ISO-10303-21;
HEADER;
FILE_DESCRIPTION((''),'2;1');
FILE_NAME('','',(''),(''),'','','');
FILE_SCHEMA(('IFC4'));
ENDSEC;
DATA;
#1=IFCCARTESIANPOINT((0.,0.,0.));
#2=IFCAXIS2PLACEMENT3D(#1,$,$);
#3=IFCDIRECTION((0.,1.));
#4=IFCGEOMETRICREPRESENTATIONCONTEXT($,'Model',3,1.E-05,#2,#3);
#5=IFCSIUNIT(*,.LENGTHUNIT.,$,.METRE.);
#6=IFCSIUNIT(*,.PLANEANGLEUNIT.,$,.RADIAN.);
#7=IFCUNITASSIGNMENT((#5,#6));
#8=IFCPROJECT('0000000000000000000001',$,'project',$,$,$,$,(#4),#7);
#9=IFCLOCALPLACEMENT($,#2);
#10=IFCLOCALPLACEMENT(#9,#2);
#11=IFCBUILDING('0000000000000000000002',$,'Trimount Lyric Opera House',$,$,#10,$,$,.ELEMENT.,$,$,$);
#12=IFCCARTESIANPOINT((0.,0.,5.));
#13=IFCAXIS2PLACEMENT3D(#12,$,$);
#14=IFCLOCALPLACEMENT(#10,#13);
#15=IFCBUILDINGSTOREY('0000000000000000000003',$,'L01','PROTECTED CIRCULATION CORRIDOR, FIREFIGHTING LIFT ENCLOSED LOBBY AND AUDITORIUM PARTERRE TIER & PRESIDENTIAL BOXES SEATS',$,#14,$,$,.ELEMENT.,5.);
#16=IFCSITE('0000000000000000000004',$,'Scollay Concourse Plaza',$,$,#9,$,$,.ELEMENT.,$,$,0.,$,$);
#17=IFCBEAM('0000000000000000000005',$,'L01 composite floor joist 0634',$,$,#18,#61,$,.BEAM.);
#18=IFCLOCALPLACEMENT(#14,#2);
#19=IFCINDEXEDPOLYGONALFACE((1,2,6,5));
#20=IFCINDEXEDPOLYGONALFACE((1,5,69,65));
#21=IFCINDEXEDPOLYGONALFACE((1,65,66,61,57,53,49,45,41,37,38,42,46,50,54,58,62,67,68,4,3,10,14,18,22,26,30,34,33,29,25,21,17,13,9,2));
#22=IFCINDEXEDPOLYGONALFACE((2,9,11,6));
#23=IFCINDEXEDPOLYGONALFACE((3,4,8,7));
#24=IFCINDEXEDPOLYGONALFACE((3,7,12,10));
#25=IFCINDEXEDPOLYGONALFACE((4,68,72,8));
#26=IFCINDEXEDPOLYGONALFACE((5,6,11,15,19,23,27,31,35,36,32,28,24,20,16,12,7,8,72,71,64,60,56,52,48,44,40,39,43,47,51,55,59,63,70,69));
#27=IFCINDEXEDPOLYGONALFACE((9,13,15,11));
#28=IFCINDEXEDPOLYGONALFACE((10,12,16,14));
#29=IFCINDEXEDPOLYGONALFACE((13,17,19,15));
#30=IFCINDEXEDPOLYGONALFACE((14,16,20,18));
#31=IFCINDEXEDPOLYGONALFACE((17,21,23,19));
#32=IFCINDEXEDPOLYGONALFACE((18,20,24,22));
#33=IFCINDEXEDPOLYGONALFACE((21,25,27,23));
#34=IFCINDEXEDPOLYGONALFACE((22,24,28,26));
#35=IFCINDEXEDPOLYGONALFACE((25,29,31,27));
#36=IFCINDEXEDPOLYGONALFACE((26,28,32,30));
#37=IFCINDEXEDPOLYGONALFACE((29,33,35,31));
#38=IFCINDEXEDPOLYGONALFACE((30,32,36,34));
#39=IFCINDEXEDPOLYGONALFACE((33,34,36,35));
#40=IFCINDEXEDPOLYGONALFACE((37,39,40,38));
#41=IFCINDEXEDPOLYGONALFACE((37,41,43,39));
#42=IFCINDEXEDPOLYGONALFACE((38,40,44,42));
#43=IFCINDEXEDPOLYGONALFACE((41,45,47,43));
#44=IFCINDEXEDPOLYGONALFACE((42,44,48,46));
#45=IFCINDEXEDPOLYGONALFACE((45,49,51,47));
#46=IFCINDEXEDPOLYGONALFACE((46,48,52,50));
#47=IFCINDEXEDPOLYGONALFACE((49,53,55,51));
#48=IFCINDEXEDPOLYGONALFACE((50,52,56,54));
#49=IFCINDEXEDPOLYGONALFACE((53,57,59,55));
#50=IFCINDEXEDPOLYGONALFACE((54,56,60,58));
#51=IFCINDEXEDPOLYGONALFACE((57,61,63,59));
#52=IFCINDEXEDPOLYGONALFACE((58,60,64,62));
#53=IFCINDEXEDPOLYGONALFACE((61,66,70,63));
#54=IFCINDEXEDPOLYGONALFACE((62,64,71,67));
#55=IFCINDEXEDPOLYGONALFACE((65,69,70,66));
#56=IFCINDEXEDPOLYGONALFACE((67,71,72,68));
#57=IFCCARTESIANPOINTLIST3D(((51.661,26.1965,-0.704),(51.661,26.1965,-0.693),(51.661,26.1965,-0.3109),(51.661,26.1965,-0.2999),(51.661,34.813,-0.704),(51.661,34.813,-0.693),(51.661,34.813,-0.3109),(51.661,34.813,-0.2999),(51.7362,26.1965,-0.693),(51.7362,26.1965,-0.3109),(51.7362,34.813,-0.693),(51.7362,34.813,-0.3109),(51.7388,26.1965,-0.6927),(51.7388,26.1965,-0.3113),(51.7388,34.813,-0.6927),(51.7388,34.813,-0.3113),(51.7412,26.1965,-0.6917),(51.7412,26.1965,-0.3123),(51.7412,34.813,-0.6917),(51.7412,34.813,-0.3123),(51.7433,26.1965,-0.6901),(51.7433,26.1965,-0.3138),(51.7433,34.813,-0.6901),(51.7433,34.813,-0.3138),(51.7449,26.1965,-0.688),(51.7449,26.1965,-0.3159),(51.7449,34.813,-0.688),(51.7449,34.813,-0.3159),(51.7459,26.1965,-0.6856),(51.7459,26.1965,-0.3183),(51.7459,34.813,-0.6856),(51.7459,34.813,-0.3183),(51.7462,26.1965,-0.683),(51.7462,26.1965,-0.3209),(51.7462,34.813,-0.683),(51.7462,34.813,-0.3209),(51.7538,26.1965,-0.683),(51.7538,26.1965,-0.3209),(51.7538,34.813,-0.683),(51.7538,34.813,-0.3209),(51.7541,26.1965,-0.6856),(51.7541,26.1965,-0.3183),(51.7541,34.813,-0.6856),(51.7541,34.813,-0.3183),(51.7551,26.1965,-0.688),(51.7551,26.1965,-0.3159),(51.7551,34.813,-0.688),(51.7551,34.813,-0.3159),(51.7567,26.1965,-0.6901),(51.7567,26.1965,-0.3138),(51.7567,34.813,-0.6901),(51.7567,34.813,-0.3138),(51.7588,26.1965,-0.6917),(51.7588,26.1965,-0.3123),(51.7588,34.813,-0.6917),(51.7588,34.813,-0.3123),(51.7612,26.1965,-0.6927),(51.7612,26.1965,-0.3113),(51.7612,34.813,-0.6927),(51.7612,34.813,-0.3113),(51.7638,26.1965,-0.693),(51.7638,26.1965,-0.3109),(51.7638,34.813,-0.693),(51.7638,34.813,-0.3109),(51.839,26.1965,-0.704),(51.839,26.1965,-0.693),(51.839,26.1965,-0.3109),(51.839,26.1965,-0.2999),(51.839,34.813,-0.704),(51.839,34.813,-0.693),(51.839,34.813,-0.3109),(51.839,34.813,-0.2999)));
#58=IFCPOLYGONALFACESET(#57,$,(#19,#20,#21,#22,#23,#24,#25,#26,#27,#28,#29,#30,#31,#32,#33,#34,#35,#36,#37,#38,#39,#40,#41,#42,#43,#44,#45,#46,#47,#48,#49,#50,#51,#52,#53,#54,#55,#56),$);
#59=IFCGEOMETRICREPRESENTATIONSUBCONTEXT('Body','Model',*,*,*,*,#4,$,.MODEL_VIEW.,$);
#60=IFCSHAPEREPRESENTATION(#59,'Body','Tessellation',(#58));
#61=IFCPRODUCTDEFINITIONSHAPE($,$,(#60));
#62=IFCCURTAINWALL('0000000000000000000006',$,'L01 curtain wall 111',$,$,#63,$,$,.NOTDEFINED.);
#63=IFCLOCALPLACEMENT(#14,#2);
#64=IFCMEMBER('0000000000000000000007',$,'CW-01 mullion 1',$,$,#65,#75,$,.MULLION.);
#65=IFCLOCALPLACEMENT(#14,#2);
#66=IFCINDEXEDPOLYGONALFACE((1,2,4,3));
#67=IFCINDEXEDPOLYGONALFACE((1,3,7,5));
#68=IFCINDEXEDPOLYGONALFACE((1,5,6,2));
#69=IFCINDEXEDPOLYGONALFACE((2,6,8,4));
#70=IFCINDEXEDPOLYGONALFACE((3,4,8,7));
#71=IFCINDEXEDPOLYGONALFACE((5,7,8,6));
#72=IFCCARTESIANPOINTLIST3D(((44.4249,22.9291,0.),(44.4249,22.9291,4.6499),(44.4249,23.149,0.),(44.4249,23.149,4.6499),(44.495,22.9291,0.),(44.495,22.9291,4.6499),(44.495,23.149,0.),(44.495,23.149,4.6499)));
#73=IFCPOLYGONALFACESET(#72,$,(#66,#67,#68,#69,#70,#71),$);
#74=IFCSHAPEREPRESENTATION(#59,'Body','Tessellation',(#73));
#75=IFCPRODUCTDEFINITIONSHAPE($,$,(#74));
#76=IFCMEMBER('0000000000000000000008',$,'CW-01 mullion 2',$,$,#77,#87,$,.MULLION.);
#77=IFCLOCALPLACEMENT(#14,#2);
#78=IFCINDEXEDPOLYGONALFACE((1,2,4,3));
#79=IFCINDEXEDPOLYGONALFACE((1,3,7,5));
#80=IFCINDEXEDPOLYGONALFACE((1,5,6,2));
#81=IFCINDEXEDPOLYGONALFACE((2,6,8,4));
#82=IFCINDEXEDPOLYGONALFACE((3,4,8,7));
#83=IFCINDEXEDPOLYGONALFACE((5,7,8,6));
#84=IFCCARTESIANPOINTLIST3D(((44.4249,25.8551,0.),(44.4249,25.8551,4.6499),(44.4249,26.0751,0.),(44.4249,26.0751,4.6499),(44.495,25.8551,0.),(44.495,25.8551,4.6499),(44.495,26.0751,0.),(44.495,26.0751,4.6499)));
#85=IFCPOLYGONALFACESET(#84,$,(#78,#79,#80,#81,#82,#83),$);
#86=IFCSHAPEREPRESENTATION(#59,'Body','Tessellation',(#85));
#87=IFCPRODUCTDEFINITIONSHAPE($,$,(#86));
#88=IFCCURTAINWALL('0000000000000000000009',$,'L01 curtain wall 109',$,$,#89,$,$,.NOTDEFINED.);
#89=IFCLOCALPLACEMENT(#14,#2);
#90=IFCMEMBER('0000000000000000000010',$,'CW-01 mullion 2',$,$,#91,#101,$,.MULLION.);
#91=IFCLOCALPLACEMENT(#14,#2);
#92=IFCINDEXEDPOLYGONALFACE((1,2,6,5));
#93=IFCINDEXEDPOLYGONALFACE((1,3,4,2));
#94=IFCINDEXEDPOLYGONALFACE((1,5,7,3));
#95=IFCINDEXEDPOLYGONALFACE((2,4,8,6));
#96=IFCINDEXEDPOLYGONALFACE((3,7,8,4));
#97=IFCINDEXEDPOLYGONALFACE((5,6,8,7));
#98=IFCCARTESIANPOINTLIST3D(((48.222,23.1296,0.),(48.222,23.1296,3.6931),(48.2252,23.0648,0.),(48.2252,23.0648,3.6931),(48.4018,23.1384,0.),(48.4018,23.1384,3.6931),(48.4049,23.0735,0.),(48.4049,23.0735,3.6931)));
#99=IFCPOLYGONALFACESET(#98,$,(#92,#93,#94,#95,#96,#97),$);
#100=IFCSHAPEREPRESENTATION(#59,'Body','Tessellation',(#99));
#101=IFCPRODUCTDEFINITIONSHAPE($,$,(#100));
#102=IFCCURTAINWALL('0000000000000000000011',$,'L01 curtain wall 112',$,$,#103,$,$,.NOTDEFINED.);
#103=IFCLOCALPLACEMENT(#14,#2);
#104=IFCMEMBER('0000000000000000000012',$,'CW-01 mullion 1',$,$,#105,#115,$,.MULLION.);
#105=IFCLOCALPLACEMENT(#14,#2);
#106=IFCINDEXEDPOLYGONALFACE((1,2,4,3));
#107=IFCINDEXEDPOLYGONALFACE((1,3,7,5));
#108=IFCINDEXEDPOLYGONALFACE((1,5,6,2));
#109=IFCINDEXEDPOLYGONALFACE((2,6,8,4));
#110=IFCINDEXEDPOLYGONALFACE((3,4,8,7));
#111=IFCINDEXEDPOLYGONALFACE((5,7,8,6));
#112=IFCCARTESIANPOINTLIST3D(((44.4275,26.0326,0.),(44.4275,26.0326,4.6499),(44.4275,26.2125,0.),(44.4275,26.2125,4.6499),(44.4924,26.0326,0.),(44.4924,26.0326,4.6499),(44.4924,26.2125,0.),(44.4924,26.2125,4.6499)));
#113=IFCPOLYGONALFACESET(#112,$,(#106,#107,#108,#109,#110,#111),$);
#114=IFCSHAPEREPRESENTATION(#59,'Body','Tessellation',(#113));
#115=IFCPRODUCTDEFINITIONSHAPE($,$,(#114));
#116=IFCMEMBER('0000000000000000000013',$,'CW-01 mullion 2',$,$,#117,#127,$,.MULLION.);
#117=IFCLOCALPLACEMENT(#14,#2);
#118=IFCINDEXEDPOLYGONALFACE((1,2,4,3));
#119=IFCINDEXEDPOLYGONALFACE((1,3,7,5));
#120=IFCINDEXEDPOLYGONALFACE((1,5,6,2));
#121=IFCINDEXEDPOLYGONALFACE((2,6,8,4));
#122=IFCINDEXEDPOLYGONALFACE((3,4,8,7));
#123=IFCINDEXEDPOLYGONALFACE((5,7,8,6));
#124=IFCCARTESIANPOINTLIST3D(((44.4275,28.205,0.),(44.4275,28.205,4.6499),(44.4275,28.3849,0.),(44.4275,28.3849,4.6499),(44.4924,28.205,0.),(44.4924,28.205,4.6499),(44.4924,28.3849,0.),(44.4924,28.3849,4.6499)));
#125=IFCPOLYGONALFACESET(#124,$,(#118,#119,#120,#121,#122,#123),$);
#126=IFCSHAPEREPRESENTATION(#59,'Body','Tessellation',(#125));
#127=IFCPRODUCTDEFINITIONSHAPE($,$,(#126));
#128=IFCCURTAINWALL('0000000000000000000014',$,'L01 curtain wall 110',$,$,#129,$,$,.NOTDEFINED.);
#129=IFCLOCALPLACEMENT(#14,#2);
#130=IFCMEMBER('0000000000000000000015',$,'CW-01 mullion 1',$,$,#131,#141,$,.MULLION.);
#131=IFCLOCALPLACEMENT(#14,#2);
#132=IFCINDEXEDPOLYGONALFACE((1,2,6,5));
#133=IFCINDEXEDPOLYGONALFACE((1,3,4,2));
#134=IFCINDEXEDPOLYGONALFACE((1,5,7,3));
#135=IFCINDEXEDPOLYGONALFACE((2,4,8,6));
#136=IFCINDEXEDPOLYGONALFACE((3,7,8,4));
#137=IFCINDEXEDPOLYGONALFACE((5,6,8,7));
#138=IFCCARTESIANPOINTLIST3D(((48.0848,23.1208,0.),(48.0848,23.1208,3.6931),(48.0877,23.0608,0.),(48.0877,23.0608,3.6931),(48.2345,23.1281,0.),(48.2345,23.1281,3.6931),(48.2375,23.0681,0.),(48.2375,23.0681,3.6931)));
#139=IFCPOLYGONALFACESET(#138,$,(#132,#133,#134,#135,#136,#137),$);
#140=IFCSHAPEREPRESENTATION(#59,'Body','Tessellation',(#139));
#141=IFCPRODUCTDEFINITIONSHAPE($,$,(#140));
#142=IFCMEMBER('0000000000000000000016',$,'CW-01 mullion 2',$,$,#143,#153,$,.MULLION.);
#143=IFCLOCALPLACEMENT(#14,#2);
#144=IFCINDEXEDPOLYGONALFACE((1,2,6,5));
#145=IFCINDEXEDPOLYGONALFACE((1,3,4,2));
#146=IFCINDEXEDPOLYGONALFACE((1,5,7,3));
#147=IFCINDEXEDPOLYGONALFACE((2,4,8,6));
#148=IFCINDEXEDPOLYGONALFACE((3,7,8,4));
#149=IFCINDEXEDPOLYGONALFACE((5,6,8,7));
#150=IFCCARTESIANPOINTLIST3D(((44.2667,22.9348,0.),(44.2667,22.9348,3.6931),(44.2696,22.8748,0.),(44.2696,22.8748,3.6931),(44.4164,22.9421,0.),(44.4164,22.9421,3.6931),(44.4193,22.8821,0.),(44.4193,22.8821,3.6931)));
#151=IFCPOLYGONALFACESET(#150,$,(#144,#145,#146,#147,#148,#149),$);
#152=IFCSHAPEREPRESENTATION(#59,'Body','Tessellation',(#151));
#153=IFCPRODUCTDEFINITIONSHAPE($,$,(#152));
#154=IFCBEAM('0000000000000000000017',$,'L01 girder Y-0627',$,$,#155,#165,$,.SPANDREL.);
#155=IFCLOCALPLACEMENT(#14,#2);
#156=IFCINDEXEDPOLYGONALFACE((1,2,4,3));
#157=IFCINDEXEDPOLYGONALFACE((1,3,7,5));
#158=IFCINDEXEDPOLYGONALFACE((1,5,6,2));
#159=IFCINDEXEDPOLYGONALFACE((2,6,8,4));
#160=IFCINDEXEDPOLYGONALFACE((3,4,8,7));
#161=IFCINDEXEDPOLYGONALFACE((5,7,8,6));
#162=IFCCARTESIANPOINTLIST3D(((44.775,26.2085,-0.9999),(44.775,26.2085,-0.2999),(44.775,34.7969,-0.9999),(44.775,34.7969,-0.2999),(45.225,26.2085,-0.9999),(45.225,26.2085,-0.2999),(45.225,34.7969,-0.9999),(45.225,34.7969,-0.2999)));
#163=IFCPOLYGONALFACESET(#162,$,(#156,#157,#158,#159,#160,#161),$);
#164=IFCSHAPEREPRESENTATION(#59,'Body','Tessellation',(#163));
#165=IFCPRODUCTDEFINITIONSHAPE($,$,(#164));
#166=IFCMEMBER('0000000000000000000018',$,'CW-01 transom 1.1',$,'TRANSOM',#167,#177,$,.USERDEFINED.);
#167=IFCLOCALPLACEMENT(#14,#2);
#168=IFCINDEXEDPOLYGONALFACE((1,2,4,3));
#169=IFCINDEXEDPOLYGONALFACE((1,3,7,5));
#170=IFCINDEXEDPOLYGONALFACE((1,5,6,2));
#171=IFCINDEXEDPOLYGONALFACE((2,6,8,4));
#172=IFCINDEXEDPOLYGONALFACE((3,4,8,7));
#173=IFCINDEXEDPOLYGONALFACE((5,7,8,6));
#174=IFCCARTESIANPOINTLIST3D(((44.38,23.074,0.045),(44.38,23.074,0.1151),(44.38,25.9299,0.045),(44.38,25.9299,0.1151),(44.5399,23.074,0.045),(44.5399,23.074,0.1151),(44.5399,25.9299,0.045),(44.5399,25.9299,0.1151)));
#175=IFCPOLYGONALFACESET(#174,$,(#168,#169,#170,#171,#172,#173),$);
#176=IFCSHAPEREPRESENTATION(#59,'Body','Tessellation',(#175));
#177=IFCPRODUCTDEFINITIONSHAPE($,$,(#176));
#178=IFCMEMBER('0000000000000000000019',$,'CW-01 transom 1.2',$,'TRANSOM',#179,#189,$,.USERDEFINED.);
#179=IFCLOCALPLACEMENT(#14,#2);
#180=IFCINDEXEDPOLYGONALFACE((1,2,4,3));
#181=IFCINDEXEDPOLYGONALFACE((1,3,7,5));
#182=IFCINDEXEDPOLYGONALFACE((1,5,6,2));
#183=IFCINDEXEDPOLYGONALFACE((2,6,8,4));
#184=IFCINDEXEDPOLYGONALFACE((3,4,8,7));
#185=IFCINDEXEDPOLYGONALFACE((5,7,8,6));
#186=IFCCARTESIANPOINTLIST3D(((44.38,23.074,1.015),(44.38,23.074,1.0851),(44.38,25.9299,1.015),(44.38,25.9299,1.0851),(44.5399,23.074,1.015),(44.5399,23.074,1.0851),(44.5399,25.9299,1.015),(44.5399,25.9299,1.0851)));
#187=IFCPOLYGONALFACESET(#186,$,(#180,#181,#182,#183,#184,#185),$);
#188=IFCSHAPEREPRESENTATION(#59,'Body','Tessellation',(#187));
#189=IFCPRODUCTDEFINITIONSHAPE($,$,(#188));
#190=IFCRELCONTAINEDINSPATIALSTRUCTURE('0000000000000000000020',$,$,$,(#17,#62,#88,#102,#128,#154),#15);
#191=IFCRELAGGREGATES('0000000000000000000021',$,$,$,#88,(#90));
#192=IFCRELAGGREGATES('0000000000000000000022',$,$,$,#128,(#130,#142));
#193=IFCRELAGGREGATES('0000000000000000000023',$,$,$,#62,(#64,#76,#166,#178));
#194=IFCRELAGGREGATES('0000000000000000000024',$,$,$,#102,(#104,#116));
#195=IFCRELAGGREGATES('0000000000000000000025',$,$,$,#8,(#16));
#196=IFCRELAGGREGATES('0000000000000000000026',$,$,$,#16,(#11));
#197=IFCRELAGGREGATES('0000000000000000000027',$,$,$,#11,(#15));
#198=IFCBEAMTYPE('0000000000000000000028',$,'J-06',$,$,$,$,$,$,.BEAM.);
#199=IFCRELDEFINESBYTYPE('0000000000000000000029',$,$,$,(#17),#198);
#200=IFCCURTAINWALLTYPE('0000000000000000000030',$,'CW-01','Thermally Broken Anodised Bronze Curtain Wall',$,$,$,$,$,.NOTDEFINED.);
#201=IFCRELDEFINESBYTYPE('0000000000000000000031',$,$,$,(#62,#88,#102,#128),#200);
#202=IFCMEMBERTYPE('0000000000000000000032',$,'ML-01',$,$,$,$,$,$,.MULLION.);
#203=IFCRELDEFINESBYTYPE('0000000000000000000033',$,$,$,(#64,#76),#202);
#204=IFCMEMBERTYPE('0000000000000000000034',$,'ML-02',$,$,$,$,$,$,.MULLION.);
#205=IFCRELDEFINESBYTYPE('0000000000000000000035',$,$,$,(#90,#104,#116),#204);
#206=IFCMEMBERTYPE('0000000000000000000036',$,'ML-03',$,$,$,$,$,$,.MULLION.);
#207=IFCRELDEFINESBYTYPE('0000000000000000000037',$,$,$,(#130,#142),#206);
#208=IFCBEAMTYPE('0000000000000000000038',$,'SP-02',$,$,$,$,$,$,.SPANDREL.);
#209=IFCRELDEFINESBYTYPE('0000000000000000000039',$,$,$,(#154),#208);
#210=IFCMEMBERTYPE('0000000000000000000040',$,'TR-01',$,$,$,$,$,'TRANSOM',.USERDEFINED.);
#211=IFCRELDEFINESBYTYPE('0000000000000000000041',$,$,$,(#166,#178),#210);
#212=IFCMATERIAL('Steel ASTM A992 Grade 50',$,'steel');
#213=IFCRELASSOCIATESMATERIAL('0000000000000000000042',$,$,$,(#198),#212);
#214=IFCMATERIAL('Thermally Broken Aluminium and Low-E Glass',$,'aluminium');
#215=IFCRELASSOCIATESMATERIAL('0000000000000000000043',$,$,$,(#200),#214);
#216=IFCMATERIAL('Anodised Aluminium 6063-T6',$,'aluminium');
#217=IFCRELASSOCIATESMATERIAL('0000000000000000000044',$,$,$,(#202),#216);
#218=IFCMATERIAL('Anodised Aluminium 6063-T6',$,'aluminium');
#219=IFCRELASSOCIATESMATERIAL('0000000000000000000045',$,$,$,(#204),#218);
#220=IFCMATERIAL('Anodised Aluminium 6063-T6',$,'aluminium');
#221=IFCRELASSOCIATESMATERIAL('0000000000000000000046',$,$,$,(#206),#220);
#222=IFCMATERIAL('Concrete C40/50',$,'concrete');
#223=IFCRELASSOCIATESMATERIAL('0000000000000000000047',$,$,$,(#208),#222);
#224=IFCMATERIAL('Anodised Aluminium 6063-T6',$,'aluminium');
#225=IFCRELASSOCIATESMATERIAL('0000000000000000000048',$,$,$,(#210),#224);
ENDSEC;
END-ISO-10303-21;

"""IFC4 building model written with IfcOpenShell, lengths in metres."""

from ifc_helpers import new_model, si_unit, direction, frame, origin, origin_2d, place, context, subcontext, project, spatial, rectangle, i_section, extrude, material, material_profile, profile_set, type_object, element, aggregate, save


model = new_model("IFC4")

# Units and contexts
model_context = context("Model", 3, precision=1e-05, world=origin(), true_north=direction((0.0, 1.0)))
body_context = subcontext(model_context, "Body", "Model", "MODEL_VIEW")
ifc_project = project(units=[si_unit("LENGTHUNIT", "METRE"), si_unit("PLANEANGLEUNIT", "RADIAN")], contexts=[model_context])

# Site, building, storey
site_placement = place(None, origin())
site = spatial("IfcSite", under=ifc_project, at=site_placement, Name="Scollay Concourse Plaza", CompositionType="ELEMENT", RefElevation=0.0)
building_placement = place(site_placement, origin())
building = spatial("IfcBuilding", under=site, at=building_placement, Name="Trimount Lyric Opera House", CompositionType="ELEMENT")
storey_placement = place(building_placement, frame((0.0, 0.0, 5.0)))
storey = spatial("IfcBuildingStorey", under=building, at=storey_placement, Name="L01", Description="PROTECTED CIRCULATION CORRIDOR, FIREFIGHTING LIFT ENCLOSED LOBBY AND AUDITORIUM PARTERRE TIER & PRESIDENTIAL BOXES SEATS", CompositionType="ELEMENT", Elevation=5.0)

# Beam
ifc_material_1 = material(Name="Steel ASTM A992 Grade 50", Category="steel")
ifc_material_profile_1 = material_profile(ifc_material_1, i_section(OverallWidth=0.178, OverallDepth=0.4041, WebThickness=0.0076, FlangeThickness=0.011, FilletRadius=0.01, at=origin_2d()), Name="W16X36")
ifc_profile_set_1 = profile_set([ifc_material_profile_1], Name="Steel ASTM A992 Grade 50")
beam_type_1 = type_object("IfcBeamType", Name="J-06", PredefinedType="BEAM", material=ifc_profile_set_1)
beam_1_placement = place(storey_placement, frame((51.75, 26.1965, -0.502), z_axis=(0.0, 1.0, 0.0), x_axis=(-1.0, 0.0, 0.0)))
element("IfcBeam", 1, at=beam_1_placement, inside=storey, type_object=beam_type_1, Name="L01 composite floor joist 0634", PredefinedType="BEAM", context=body_context, shape_type="SweptSolid", body=[
    extrude(i_section(OverallWidth=0.178, OverallDepth=0.4041, WebThickness=0.0076, FlangeThickness=0.011, FilletRadius=0.01, at=origin_2d()), origin(), (0.0, 0.0, 1.0), 8.6165),
])

# Curtain wall, members
ifc_material_2 = material(Name="Thermally Broken Aluminium and Low-E Glass", Category="aluminium")
curtain_wall_type = type_object("IfcCurtainWallType", Name="CW-01", Description="Thermally Broken Anodised Bronze Curtain Wall", PredefinedType="NOTDEFINED", material=ifc_material_2)
curtain_wall_1_placement = place(storey_placement, origin())
curtain_wall_1 = element("IfcCurtainWall", 2, at=curtain_wall_1_placement, inside=storey, type_object=curtain_wall_type, Name="L01 curtain wall 111", PredefinedType="NOTDEFINED")
ifc_material_3 = material(Name="Anodised Aluminium 6063-T6", Category="aluminium")
ifc_material_profile_2 = material_profile(ifc_material_3, rectangle(XDim=0.0701, YDim=0.22, at=origin_2d()), Name="ALU-MULL-70X220")
ifc_profile_set_2 = profile_set([ifc_material_profile_2], Name="Anodised Aluminium 6063-T6")
member_type_1 = type_object("IfcMemberType", Name="ML-01", PredefinedType="MULLION", material=ifc_profile_set_2)
member_1_placement = place(storey_placement, frame((44.46, 23.0391, 0.0), z_axis=(0.0, 0.0, 1.0), x_axis=(-1.0, 0.0, 0.0)))
member_1 = element("IfcMember", 3, at=member_1_placement, type_object=member_type_1, Name="CW-01 mullion 1", PredefinedType="MULLION", context=body_context, shape_type="SweptSolid", body=[
    extrude(rectangle(XDim=0.0701, YDim=0.22, at=origin_2d()), origin(), (0.0, 0.0, 1.0), 4.6499),
])
member_2_placement = place(storey_placement, frame((44.46, 25.9651, 0.0), z_axis=(0.0, 0.0, 1.0), x_axis=(-1.0, 0.0, 0.0)))
member_2 = element("IfcMember", 4, at=member_2_placement, type_object=member_type_1, Name="CW-01 mullion 2", PredefinedType="MULLION", context=body_context, shape_type="SweptSolid", body=[
    extrude(rectangle(XDim=0.0701, YDim=0.22, at=origin_2d()), origin(), (0.0, 0.0, 1.0), 4.6499),
])

# Curtain wall, member
curtain_wall_2_placement = place(storey_placement, origin())
curtain_wall_2 = element("IfcCurtainWall", 5, at=curtain_wall_2_placement, inside=storey, type_object=curtain_wall_type, Name="L01 curtain wall 109", PredefinedType="NOTDEFINED")
ifc_material_4 = material(Name="Anodised Aluminium 6063-T6", Category="aluminium")
ifc_material_profile_3 = material_profile(ifc_material_4, rectangle(XDim=0.0649, YDim=0.1799, at=origin_2d()), Name="ALU-MULL-65X180")
ifc_profile_set_3 = profile_set([ifc_material_profile_3], Name="Anodised Aluminium 6063-T6")
member_type_2 = type_object("IfcMemberType", Name="ML-02", PredefinedType="MULLION", material=ifc_profile_set_3)
member_3_placement = place(storey_placement, frame((48.3135, 23.1016, 0.0), z_axis=(0.0, 0.0, 1.0), x_axis=(0.048679, -0.998814, 0.0)))
member_3 = element("IfcMember", 6, at=member_3_placement, type_object=member_type_2, Name="CW-01 mullion 2", PredefinedType="MULLION", context=body_context, shape_type="SweptSolid", body=[
    extrude(rectangle(XDim=0.0649, YDim=0.1799, at=origin_2d()), origin(), (0.0, 0.0, 1.0), 3.6931),
])

# Curtain walls, members
curtain_wall_3_placement = place(storey_placement, origin())
curtain_wall_3 = element("IfcCurtainWall", 7, at=curtain_wall_3_placement, inside=storey, type_object=curtain_wall_type, Name="L01 curtain wall 112", PredefinedType="NOTDEFINED")
member_4_placement = place(storey_placement, frame((44.46, 26.1226, 0.0), z_axis=(0.0, 0.0, 1.0), x_axis=(-1.0, 0.0, 0.0)))
member_4 = element("IfcMember", 8, at=member_4_placement, type_object=member_type_2, Name="CW-01 mullion 1", PredefinedType="MULLION", context=body_context, shape_type="SweptSolid", body=[
    extrude(rectangle(XDim=0.0649, YDim=0.1799, at=origin_2d()), origin(), (0.0, 0.0, 1.0), 4.6499),
])
member_5_placement = place(storey_placement, frame((44.46, 28.2949, 0.0), z_axis=(0.0, 0.0, 1.0), x_axis=(-1.0, 0.0, 0.0)))
member_5 = element("IfcMember", 9, at=member_5_placement, type_object=member_type_2, Name="CW-01 mullion 2", PredefinedType="MULLION", context=body_context, shape_type="SweptSolid", body=[
    extrude(rectangle(XDim=0.0649, YDim=0.1799, at=origin_2d()), origin(), (0.0, 0.0, 1.0), 4.6499),
])
curtain_wall_4_placement = place(storey_placement, origin())
curtain_wall_4 = element("IfcCurtainWall", 10, at=curtain_wall_4_placement, inside=storey, type_object=curtain_wall_type, Name="L01 curtain wall 110", PredefinedType="NOTDEFINED")
ifc_material_5 = material(Name="Anodised Aluminium 6063-T6", Category="aluminium")
ifc_material_profile_4 = material_profile(ifc_material_5, rectangle(XDim=0.0601, YDim=0.1499, at=origin_2d()), Name="ALU-MULL-60X150")
ifc_profile_set_4 = profile_set([ifc_material_profile_4], Name="Anodised Aluminium 6063-T6")
member_type_3 = type_object("IfcMemberType", Name="ML-03", PredefinedType="MULLION", material=ifc_profile_set_4)
member_6_placement = place(storey_placement, frame((48.1611, 23.0945, 0.0), z_axis=(0.0, 0.0, 1.0), x_axis=(0.048679, -0.998814, 0.0)))
member_6 = element("IfcMember", 11, at=member_6_placement, type_object=member_type_3, Name="CW-01 mullion 1", PredefinedType="MULLION", context=body_context, shape_type="SweptSolid", body=[
    extrude(rectangle(XDim=0.0601, YDim=0.1499, at=origin_2d()), origin(), (0.0, 0.0, 1.0), 3.6931),
])
member_7_placement = place(storey_placement, frame((44.343, 22.9084, 0.0), z_axis=(0.0, 0.0, 1.0), x_axis=(0.048679, -0.998814, 0.0)))
member_7 = element("IfcMember", 12, at=member_7_placement, type_object=member_type_3, Name="CW-01 mullion 2", PredefinedType="MULLION", context=body_context, shape_type="SweptSolid", body=[
    extrude(rectangle(XDim=0.0601, YDim=0.1499, at=origin_2d()), origin(), (0.0, 0.0, 1.0), 3.6931),
])

# Beam
ifc_material_6 = material(Name="Concrete C40/50", Category="concrete")
ifc_material_profile_5 = material_profile(ifc_material_6, rectangle(XDim=0.45, YDim=0.7, at=origin_2d()), Name="RC450X700")
ifc_profile_set_5 = profile_set([ifc_material_profile_5], Name="Concrete C40/50")
beam_type_2 = type_object("IfcBeamType", Name="SP-02", PredefinedType="SPANDREL", material=ifc_profile_set_5)
beam_2_placement = place(storey_placement, frame((45.0, 26.2085, -0.6499), z_axis=(0.0, 1.0, 0.0), x_axis=(-1.0, 0.0, 0.0)))
element("IfcBeam", 13, at=beam_2_placement, inside=storey, type_object=beam_type_2, Name="L01 girder Y-0627", PredefinedType="SPANDREL", context=body_context, shape_type="SweptSolid", body=[
    extrude(rectangle(XDim=0.45, YDim=0.7, at=origin_2d()), origin(), (0.0, 0.0, 1.0), 8.5884),
])

# Members
ifc_material_7 = material(Name="Anodised Aluminium 6063-T6", Category="aluminium")
ifc_material_profile_6 = material_profile(ifc_material_7, rectangle(XDim=0.1599, YDim=0.0701, at=origin_2d()), Name="ALU-TRAN-70X160")
ifc_profile_set_6 = profile_set([ifc_material_profile_6], Name="Anodised Aluminium 6063-T6")
member_type_4 = type_object("IfcMemberType", Name="TR-01", ElementType="TRANSOM", PredefinedType="USERDEFINED", material=ifc_profile_set_6)
member_8_placement = place(storey_placement, frame((44.46, 23.074, 0.0801), z_axis=(0.0, 1.0, 0.0), x_axis=(-1.0, 0.0, 0.0)))
member_8 = element("IfcMember", 14, at=member_8_placement, type_object=member_type_4, Name="CW-01 transom 1.1", ObjectType="TRANSOM", PredefinedType="USERDEFINED", context=body_context, shape_type="SweptSolid", body=[
    extrude(rectangle(XDim=0.1599, YDim=0.0701, at=origin_2d()), origin(), (0.0, 0.0, 1.0), 2.856),
])
member_9_placement = place(storey_placement, frame((44.46, 23.074, 1.05), z_axis=(0.0, 1.0, 0.0), x_axis=(-1.0, 0.0, 0.0)))
member_9 = element("IfcMember", 15, at=member_9_placement, type_object=member_type_4, Name="CW-01 transom 1.2", ObjectType="TRANSOM", PredefinedType="USERDEFINED", context=body_context, shape_type="SweptSolid", body=[
    extrude(rectangle(XDim=0.1599, YDim=0.0701, at=origin_2d()), origin(), (0.0, 0.0, 1.0), 2.856),
])

aggregate(curtain_wall_2, [member_3])
aggregate(curtain_wall_4, [member_6, member_7])
aggregate(curtain_wall_1, [member_1, member_2, member_8, member_9])
aggregate(curtain_wall_3, [member_4, member_5])

save(model, "model.ifc")
